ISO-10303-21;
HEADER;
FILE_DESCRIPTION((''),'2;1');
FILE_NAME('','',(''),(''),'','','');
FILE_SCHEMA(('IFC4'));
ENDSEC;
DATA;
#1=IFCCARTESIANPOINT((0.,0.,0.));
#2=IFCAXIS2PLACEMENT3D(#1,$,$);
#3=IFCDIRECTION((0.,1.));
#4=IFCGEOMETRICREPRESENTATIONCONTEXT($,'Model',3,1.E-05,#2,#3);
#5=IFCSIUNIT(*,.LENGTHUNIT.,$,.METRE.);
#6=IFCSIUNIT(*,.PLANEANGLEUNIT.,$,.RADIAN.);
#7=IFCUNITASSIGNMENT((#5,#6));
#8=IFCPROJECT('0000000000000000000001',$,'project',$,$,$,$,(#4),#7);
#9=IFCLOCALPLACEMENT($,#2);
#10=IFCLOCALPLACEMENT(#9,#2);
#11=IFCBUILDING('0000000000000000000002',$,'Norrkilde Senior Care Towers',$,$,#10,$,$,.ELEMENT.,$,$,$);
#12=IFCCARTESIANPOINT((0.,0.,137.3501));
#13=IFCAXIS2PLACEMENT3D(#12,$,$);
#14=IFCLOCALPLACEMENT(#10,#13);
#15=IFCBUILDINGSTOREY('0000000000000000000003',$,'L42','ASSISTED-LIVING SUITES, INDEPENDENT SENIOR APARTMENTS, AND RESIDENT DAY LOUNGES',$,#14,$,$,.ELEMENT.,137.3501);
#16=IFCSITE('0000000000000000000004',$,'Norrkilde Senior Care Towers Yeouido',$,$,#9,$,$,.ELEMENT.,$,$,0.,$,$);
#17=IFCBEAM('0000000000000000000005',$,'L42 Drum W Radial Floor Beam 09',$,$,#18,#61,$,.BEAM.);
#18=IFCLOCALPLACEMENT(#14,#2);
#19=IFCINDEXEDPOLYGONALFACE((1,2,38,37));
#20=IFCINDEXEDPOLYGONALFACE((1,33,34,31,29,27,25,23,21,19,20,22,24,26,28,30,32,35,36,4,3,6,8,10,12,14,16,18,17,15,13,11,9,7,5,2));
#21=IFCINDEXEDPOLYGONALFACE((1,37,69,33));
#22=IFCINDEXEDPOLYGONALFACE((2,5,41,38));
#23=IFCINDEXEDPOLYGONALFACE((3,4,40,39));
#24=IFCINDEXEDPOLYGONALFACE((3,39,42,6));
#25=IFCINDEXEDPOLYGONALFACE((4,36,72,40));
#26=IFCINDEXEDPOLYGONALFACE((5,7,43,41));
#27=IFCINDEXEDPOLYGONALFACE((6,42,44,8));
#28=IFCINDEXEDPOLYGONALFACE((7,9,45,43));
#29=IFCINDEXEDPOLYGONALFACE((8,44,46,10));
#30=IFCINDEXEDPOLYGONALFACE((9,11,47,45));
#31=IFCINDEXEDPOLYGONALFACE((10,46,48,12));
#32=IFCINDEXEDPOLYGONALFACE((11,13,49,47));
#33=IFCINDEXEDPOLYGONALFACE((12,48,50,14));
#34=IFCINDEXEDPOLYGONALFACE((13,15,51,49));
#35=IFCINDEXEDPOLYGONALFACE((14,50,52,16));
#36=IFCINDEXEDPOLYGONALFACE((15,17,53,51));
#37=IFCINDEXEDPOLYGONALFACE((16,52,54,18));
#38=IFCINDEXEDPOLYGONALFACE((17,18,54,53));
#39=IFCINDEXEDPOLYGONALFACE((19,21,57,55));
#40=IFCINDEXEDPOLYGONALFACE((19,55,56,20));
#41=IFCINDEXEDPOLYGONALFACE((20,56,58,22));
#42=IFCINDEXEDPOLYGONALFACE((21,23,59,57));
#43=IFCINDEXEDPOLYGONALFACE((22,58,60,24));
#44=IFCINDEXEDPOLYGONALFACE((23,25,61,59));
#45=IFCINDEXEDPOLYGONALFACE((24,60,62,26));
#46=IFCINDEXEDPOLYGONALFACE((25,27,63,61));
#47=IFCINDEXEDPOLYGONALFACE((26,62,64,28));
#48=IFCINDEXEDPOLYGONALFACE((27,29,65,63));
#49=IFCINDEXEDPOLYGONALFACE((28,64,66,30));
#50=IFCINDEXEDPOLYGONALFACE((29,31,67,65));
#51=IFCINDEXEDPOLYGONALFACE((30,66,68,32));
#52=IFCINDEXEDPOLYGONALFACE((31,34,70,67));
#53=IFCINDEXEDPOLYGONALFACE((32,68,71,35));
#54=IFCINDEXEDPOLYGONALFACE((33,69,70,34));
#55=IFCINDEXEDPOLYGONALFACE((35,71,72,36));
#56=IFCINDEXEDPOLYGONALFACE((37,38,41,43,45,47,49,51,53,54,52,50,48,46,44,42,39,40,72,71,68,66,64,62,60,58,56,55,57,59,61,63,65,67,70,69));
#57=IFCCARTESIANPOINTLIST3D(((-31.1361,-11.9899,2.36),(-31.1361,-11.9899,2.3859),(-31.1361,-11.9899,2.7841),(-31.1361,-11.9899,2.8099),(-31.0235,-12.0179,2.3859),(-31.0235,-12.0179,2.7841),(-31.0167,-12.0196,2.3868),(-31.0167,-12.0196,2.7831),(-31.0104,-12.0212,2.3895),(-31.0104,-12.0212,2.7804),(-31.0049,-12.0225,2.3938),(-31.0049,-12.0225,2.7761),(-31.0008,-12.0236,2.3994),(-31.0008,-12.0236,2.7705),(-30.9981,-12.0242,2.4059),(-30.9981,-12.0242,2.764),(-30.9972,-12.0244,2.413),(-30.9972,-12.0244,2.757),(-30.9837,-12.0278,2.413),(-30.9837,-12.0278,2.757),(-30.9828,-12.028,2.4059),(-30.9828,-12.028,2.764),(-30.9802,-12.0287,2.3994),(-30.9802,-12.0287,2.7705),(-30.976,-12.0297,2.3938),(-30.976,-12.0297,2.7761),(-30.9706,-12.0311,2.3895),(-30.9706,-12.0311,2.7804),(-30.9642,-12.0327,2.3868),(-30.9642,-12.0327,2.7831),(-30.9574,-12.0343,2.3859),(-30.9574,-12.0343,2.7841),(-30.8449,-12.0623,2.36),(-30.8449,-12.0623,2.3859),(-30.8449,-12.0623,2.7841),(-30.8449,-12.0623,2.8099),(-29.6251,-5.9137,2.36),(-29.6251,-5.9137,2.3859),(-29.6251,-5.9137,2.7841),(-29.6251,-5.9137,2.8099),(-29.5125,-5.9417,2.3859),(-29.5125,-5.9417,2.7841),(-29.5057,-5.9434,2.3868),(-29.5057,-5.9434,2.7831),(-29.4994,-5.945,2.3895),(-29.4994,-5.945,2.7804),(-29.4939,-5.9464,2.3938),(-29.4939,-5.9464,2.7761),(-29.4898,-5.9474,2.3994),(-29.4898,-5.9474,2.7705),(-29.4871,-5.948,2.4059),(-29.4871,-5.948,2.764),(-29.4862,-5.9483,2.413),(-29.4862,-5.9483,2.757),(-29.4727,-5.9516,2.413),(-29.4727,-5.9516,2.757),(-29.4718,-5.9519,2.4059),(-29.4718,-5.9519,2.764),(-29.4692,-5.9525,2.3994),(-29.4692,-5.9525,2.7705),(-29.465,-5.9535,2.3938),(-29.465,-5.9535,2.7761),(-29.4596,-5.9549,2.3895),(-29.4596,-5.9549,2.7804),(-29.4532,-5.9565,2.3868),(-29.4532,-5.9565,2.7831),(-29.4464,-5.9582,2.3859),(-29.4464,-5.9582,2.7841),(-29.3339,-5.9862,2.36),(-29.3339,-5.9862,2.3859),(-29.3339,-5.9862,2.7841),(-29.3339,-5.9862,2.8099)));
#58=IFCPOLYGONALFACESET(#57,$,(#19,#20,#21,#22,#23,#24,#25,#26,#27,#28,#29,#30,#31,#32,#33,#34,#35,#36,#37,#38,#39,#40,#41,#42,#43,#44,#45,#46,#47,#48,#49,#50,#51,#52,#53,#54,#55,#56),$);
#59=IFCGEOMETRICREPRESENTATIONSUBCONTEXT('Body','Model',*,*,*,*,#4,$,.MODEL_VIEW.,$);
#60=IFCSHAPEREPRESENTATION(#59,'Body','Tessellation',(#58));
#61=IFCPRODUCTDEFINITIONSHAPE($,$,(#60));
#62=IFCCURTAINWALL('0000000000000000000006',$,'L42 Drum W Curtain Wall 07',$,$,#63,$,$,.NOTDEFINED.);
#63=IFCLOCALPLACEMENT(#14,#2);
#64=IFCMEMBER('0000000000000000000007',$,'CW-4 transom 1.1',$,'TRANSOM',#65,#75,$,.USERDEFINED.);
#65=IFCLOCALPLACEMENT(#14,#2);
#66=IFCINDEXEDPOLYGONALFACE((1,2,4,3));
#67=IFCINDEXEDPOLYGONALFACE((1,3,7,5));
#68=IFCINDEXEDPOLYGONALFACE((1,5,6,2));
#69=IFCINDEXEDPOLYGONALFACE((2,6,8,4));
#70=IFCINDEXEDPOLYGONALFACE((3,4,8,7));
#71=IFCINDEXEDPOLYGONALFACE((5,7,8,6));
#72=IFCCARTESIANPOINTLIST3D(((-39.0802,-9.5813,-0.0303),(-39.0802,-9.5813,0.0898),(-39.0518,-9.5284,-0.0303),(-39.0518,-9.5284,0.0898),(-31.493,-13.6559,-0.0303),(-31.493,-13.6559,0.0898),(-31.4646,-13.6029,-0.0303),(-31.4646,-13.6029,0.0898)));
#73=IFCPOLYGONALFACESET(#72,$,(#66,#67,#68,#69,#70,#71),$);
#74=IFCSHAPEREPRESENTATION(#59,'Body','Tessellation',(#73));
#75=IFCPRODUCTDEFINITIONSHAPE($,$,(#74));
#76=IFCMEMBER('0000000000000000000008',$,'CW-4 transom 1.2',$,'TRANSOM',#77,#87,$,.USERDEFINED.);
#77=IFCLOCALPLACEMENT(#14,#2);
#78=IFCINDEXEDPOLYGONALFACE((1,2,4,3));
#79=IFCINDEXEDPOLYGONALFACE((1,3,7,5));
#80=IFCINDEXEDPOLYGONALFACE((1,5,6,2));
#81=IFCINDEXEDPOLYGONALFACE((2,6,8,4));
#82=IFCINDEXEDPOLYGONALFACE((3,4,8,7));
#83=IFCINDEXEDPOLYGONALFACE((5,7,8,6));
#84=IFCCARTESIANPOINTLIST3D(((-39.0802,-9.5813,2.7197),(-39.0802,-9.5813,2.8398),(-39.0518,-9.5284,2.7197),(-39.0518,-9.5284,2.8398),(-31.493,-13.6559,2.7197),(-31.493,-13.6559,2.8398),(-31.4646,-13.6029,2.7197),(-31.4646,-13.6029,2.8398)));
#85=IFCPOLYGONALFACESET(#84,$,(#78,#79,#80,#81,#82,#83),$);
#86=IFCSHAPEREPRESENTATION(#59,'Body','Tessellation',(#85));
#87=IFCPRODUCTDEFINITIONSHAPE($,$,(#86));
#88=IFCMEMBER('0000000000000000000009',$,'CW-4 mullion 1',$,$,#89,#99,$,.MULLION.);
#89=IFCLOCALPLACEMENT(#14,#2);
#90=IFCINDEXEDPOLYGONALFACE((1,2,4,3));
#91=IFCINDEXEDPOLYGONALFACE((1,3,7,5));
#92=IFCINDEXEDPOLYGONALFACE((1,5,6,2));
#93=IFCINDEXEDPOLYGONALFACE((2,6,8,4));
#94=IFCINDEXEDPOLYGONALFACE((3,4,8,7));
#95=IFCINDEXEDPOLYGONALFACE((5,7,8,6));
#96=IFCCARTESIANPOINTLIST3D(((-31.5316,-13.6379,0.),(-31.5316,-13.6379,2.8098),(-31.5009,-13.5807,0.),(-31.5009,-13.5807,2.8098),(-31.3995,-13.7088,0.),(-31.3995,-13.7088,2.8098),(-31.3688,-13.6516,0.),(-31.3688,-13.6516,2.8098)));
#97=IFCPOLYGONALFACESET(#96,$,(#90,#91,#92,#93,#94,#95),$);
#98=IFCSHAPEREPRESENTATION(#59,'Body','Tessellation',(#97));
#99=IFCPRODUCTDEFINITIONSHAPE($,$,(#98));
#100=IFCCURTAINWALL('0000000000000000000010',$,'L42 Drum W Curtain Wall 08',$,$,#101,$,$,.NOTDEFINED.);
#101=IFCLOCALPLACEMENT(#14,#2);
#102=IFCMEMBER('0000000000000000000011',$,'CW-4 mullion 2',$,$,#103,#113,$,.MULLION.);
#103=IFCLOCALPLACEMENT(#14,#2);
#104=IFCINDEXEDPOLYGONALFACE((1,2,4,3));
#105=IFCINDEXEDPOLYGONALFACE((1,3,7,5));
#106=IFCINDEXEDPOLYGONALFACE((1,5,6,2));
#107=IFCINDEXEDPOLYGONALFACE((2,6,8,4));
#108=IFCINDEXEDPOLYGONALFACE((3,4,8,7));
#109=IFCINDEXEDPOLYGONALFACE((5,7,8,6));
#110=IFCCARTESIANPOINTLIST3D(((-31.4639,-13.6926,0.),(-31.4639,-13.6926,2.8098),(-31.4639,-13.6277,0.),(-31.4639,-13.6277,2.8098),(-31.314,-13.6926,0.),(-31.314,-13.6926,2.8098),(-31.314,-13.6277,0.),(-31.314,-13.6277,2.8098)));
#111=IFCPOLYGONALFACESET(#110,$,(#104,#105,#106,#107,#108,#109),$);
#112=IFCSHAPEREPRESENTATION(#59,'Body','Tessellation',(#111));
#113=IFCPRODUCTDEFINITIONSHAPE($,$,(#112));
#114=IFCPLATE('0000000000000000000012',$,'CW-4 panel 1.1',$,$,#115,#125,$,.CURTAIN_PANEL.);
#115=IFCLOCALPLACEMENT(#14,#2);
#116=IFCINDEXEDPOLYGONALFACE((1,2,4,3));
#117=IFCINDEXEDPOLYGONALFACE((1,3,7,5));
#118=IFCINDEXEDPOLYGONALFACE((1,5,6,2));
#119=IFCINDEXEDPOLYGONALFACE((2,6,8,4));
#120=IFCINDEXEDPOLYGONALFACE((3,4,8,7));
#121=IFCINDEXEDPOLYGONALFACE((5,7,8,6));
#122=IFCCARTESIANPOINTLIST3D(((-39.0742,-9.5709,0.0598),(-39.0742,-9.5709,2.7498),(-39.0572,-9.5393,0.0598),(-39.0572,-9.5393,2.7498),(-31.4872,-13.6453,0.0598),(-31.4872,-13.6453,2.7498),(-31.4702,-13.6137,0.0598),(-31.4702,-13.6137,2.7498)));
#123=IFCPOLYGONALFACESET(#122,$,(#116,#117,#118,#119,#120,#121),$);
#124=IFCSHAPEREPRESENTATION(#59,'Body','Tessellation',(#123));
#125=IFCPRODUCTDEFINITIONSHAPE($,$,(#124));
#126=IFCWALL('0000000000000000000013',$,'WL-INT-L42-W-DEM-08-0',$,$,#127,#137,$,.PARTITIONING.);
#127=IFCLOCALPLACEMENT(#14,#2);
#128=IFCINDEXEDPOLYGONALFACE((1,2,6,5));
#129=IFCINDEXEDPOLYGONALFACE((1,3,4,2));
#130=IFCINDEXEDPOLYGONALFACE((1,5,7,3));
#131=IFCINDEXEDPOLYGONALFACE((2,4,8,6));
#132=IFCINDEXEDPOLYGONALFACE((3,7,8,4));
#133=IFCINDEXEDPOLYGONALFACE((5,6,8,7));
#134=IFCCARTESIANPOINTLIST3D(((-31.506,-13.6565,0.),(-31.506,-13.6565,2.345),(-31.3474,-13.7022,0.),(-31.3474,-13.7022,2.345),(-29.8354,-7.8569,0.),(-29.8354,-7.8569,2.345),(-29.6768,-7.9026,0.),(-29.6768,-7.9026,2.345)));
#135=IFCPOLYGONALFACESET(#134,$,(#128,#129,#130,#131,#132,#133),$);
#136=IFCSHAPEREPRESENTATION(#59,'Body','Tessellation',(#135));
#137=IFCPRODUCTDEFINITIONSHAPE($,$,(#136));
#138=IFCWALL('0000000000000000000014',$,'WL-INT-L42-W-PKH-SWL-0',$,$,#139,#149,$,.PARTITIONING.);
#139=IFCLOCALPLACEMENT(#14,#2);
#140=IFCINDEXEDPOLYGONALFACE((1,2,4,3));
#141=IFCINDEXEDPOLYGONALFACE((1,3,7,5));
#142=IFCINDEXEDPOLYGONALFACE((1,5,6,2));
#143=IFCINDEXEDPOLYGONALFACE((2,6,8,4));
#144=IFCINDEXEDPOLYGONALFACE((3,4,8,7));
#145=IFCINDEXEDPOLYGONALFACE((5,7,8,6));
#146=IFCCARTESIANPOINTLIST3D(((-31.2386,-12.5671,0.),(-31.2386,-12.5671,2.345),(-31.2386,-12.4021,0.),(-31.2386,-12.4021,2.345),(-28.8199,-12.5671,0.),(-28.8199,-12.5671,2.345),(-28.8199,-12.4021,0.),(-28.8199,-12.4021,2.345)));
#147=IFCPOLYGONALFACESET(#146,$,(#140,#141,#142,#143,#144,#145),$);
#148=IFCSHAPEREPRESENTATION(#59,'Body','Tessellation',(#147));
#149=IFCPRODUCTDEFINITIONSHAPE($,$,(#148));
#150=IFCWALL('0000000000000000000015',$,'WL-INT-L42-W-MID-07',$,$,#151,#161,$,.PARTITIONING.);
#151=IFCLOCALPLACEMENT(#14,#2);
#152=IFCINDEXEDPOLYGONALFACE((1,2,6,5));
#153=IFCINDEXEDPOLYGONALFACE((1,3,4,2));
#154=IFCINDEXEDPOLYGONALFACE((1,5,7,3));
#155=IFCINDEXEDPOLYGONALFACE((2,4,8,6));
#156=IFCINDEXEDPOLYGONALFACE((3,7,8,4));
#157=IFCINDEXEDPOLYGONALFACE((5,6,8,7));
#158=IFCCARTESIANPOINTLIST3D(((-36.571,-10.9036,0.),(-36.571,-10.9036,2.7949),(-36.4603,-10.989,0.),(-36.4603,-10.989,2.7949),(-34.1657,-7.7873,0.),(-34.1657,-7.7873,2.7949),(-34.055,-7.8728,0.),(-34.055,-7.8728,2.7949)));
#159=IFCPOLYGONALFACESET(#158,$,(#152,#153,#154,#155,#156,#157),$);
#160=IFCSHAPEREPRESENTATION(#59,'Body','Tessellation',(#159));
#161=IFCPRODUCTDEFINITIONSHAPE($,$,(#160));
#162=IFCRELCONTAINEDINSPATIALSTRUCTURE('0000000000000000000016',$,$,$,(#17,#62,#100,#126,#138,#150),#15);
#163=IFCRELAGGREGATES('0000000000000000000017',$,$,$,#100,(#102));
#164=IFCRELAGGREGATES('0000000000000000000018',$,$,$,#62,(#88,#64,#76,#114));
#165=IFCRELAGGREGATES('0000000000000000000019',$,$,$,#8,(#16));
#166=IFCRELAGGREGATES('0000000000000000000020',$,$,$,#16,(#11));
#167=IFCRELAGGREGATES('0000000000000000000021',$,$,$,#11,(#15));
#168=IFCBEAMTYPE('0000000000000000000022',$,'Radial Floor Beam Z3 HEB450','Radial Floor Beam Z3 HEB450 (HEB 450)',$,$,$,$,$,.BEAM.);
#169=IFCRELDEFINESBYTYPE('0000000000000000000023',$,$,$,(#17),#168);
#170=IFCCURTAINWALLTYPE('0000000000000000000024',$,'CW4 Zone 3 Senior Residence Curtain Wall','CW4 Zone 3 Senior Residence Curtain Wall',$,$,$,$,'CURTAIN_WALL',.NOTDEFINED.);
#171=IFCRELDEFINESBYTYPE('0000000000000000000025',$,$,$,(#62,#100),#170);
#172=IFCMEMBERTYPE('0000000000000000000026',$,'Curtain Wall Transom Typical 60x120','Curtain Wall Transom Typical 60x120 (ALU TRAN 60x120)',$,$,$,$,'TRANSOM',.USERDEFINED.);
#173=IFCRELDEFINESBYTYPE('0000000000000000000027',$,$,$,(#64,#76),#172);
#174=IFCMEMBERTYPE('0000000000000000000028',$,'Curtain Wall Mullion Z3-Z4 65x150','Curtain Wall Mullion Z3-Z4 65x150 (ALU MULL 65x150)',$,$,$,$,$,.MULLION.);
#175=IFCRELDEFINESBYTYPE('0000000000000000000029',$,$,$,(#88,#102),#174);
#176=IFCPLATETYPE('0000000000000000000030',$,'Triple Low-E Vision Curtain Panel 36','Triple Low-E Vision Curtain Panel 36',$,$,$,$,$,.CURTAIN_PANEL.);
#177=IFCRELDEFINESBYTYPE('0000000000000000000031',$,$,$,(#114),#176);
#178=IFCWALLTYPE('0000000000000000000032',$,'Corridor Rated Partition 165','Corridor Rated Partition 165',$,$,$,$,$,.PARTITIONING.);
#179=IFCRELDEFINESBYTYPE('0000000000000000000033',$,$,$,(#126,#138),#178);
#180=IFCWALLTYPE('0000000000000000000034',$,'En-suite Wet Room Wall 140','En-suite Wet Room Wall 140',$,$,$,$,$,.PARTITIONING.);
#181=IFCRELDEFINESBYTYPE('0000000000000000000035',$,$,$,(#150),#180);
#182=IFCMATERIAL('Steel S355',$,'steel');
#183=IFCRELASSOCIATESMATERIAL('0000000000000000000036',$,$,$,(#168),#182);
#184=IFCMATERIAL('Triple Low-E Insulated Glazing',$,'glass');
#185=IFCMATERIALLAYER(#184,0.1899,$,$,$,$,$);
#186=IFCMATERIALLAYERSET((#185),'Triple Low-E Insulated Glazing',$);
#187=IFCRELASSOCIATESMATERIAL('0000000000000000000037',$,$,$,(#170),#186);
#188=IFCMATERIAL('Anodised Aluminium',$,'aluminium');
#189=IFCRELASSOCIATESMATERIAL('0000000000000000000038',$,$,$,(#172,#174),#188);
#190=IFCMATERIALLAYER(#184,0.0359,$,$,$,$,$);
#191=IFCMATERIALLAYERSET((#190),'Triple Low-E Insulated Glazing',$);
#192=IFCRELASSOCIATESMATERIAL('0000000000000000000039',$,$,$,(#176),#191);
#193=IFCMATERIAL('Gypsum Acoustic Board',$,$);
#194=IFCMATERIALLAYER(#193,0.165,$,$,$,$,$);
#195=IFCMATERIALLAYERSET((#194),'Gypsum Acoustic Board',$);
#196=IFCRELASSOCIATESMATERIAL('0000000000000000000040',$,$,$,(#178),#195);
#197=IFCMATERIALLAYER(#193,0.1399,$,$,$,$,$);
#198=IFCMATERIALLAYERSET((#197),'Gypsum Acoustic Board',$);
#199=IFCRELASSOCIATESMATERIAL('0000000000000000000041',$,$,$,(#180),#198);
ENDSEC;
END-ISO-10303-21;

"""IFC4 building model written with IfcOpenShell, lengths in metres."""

from ifc_helpers import new_model, si_unit, direction, frame, frame_2d, origin, origin_2d, place, context, subcontext, project, spatial, rectangle, i_section, extrude, source, transform, mapped, material, layer, layer_set, material_profile, profile_set, type_object, type_shapes, element, aggregate, save


model = new_model("IFC4")

# Units and contexts
model_context = context("Model", 3, precision=1e-05, world=origin(), true_north=direction((0.0, 1.0)))
body_context = subcontext(model_context, "Body", "Model", "MODEL_VIEW")
ifc_project = project(units=[si_unit("LENGTHUNIT", "METRE"), si_unit("PLANEANGLEUNIT", "RADIAN")], contexts=[model_context])

# Site, building, storey
site_placement = place(None, origin())
site = spatial("IfcSite", under=ifc_project, at=site_placement, Name="Norrkilde Senior Care Towers Yeouido", CompositionType="ELEMENT", RefElevation=0.0)
building_placement = place(site_placement, origin())
building = spatial("IfcBuilding", under=site, at=building_placement, Name="Norrkilde Senior Care Towers", CompositionType="ELEMENT")
storey_placement = place(building_placement, frame((0.0, 0.0, 137.3501)))
storey = spatial("IfcBuildingStorey", under=building, at=storey_placement, Name="L42", Description="ASSISTED-LIVING SUITES, INDEPENDENT SENIOR APARTMENTS, AND RESIDENT DAY LOUNGES", CompositionType="ELEMENT", Elevation=137.3501)

# Beam
ifc_material_1 = material(Name="Steel S355", Category="steel")
ifc_material_profile_1 = material_profile(ifc_material_1, i_section(OverallWidth=0.3, OverallDepth=0.45, WebThickness=0.0139, FlangeThickness=0.0259, FilletRadius=0.0271, at=origin_2d()), Name="HEB 450")
ifc_profile_set_1 = profile_set([ifc_material_profile_1], Name="Steel S355")
beam_type_1 = type_object("IfcBeamType", Name="Radial Floor Beam Z3 HEB450", Description="Radial Floor Beam Z3 HEB450 (HEB 450)", PredefinedType="BEAM", material=ifc_profile_set_1)
shared_shape_1 = source(origin(), body_context, "Body", "SweptSolid", [
    extrude(i_section(OverallWidth=0.3, OverallDepth=0.45, WebThickness=0.0139, FlangeThickness=0.0259, FilletRadius=0.0271, at=origin_2d()), origin(), (0.0, 0.0, 1.0), 6.2612),
])
beam_1_placement = place(storey_placement, frame((-29.4795, -5.95, 2.585), z_axis=(-0.241324, -0.970445, 0.0), x_axis=(0.970445, -0.241324, 0.0)))
element("IfcBeam", 1, at=beam_1_placement, inside=storey, type_object=beam_type_1, Name="L42 Drum W Radial Floor Beam 09", PredefinedType="BEAM", context=body_context, shape_type="MappedRepresentation", body=[
    mapped(shared_shape_1, transform((0.0, 0.0, 0.0), x_axis=(1.0, 0.0, 0.0), y_axis=(0.0, 1.0, 0.0), z_axis=(0.0, 0.0, 1.0), scale=1.0)),
])

# Curtain wall, members
ifc_material_2 = material(Name="Triple Low-E Insulated Glazing", Category="glass")
ifc_layer_1 = layer(ifc_material_2, 0.1899)
ifc_layer_set_1 = layer_set([ifc_layer_1], Name="Triple Low-E Insulated Glazing")
curtain_wall_type = type_object("IfcCurtainWallType", Name="CW4 Zone 3 Senior Residence Curtain Wall", Description="CW4 Zone 3 Senior Residence Curtain Wall", ElementType="CURTAIN_WALL", PredefinedType="NOTDEFINED", material=ifc_layer_set_1)
curtain_wall_1_placement = place(storey_placement, origin())
curtain_wall_1 = element("IfcCurtainWall", 2, at=curtain_wall_1_placement, inside=storey, type_object=curtain_wall_type, Name="L42 Drum W Curtain Wall 07", PredefinedType="NOTDEFINED")
ifc_material_3 = material(Name="Anodised Aluminium", Category="aluminium")
ifc_material_profile_2 = material_profile(ifc_material_3, rectangle(XDim=0.0601, YDim=0.1201, at=origin_2d()), Name="ALU TRAN 60x120")
ifc_profile_set_2 = profile_set([ifc_material_profile_2], Name="Anodised Aluminium")
member_type_1 = type_object("IfcMemberType", Name="Curtain Wall Transom Typical 60x120", Description="Curtain Wall Transom Typical 60x120 (ALU TRAN 60x120)", ElementType="TRANSOM", PredefinedType="USERDEFINED", material=ifc_profile_set_2)
shared_shape_2 = source(origin(), body_context, "Body", "SweptSolid", [
    extrude(rectangle(XDim=0.0601, YDim=0.1201, at=origin_2d()), origin(), (0.0, 0.0, 1.0), 8.6121),
])
type_shapes(member_type_1, [shared_shape_2])
member_1_placement = place(storey_placement, frame((-31.4788, -13.6294, 0.0298), z_axis=(-0.881, 0.473116, 0.0), x_axis=(-0.473116, -0.881, 0.0)))
member_1 = element("IfcMember", 3, at=member_1_placement, type_object=member_type_1, Name="CW-4 transom 1.1", ObjectType="TRANSOM", PredefinedType="USERDEFINED", context=body_context, shape_type="MappedRepresentation", body=[
    mapped(shared_shape_2, transform((0.0, 0.0, 0.0), x_axis=(1.0, 0.0, 0.0), y_axis=(0.0, 1.0, 0.0), z_axis=(0.0, 0.0, 1.0), scale=1.0)),
])
member_2_placement = place(storey_placement, frame((-31.4788, -13.6294, 2.7798), z_axis=(-0.881, 0.473116, 0.0), x_axis=(-0.473116, -0.881, 0.0)))
member_2 = element("IfcMember", 4, at=member_2_placement, type_object=member_type_1, Name="CW-4 transom 1.2", ObjectType="TRANSOM", PredefinedType="USERDEFINED", context=body_context, shape_type="MappedRepresentation", body=[
    mapped(shared_shape_2, transform((0.0, 0.0, 0.0), x_axis=(1.0, 0.0, 0.0), y_axis=(0.0, 1.0, 0.0), z_axis=(0.0, 0.0, 1.0), scale=1.0)),
])
ifc_material_profile_3 = material_profile(ifc_material_3, rectangle(XDim=0.0649, YDim=0.1499, at=origin_2d()), Name="ALU MULL 65x150")
ifc_profile_set_3 = profile_set([ifc_material_profile_3], Name="Anodised Aluminium")
member_type_2 = type_object("IfcMemberType", Name="Curtain Wall Mullion Z3-Z4 65x150", Description="Curtain Wall Mullion Z3-Z4 65x150 (ALU MULL 65x150)", PredefinedType="MULLION", material=ifc_profile_set_3)
shared_shape_3 = source(origin(), body_context, "Body", "SweptSolid", [
    extrude(rectangle(XDim=0.0649, YDim=0.1499, at=origin_2d()), origin(), (0.0, 0.0, 1.0), 2.8098),
])
type_shapes(member_type_2, [shared_shape_3])
member_3_placement = place(storey_placement, frame((-31.4502, -13.6448, 0.0), z_axis=(0.0, 0.0, 1.0), x_axis=(-0.473117, -0.881, 0.0)))
member_3 = element("IfcMember", 5, at=member_3_placement, type_object=member_type_2, Name="CW-4 mullion 1", PredefinedType="MULLION", context=body_context, shape_type="MappedRepresentation", body=[
    mapped(shared_shape_3, transform((0.0, 0.0, 0.0), x_axis=(1.0, 0.0, 0.0), y_axis=(0.0, 1.0, 0.0), z_axis=(0.0, 0.0, 1.0), scale=1.0)),
])

# Curtain wall, member
curtain_wall_2_placement = place(storey_placement, origin())
curtain_wall_2 = element("IfcCurtainWall", 6, at=curtain_wall_2_placement, inside=storey, type_object=curtain_wall_type, Name="L42 Drum W Curtain Wall 08", PredefinedType="NOTDEFINED")
member_4_placement = place(storey_placement, frame((-31.3889, -13.6602, 0.0), z_axis=(0.0, 0.0, 1.0), x_axis=(0.0, -1.0, 0.0)))
member_4 = element("IfcMember", 7, at=member_4_placement, type_object=member_type_2, Name="CW-4 mullion 2", PredefinedType="MULLION", context=body_context, shape_type="MappedRepresentation", body=[
    mapped(shared_shape_3, transform((0.0, 0.0, 0.0), x_axis=(1.0, 0.0, 0.0), y_axis=(0.0, 1.0, 0.0), z_axis=(0.0, 0.0, 1.0), scale=1.0)),
])
aggregate(curtain_wall_2, [member_4])

# Plate
ifc_layer_2 = layer(ifc_material_2, 0.0359)
ifc_layer_set_2 = layer_set([ifc_layer_2], Name="Triple Low-E Insulated Glazing")
plate_type = type_object("IfcPlateType", Name="Triple Low-E Vision Curtain Panel 36", Description="Triple Low-E Vision Curtain Panel 36", PredefinedType="CURTAIN_PANEL", material=ifc_layer_set_2)
shared_shape_4 = source(origin(), body_context, "Body", "SweptSolid", [
    extrude(rectangle(XDim=8.6118, YDim=0.0359, at=origin_2d()), origin(), (0.0, 0.0, 1.0), 2.6899),
])
type_shapes(plate_type, [shared_shape_4])
plate_placement = place(storey_placement, frame((-35.2722, -11.5923, 0.0598), z_axis=(0.0, 0.0, 1.0), x_axis=(-0.881, 0.473117, 0.0)))
plate = element("IfcPlate", 8, at=plate_placement, type_object=plate_type, Name="CW-4 panel 1.1", PredefinedType="CURTAIN_PANEL", context=body_context, shape_type="MappedRepresentation", body=[
    mapped(shared_shape_4, transform((0.0, 0.0, 0.0), x_axis=(1.0, 0.0, 0.0), y_axis=(0.0, 1.0, 0.0), z_axis=(0.0, 0.0, 1.0), scale=1.0)),
])
aggregate(curtain_wall_1, [member_3, member_1, member_2, plate])

# Walls
ifc_material_4 = material(Name="Gypsum Acoustic Board")
ifc_layer_3 = layer(ifc_material_4, 0.165)
ifc_layer_set_3 = layer_set([ifc_layer_3], Name="Gypsum Acoustic Board")
wall_type_1 = type_object("IfcWallType", Name="Corridor Rated Partition 165", Description="Corridor Rated Partition 165", PredefinedType="PARTITIONING", material=ifc_layer_set_3)
shared_shape_5 = source(origin(), body_context, "Body", "SweptSolid", [
    extrude(rectangle(XDim=6.0354, YDim=0.165, at=frame_2d((3.0176, 0.0))), origin(), (0.0, 0.0, 1.0), 2.345),
])
wall_1_placement = place(storey_placement, frame((-29.7561, -7.8799, 0.0), z_axis=(0.0, 0.0, 1.0), x_axis=(-0.276809, -0.960925, 0.0)))
element("IfcWall", 9, at=wall_1_placement, inside=storey, type_object=wall_type_1, Name="WL-INT-L42-W-DEM-08-0", PredefinedType="PARTITIONING", context=body_context, shape_type="MappedRepresentation", body=[
    mapped(shared_shape_5, transform((0.0, 0.0, 0.0), x_axis=(1.0, 0.0, 0.0), y_axis=(0.0, 1.0, 0.0), z_axis=(0.0, 0.0, 1.0), scale=1.0)),
])
shared_shape_6 = source(origin(), body_context, "Body", "SweptSolid", [
    extrude(rectangle(XDim=2.4187, YDim=0.165, at=frame_2d((1.2095, 0.0))), origin(), (0.0, 0.0, 1.0), 2.345),
])
type_shapes(wall_type_1, [shared_shape_5, shared_shape_6])
wall_2_placement = place(storey_placement, frame((-31.2388, -12.4846, 0.0), z_axis=(0.0, 0.0, 1.0), x_axis=(1.0, 0.0, 0.0)))
element("IfcWall", 10, at=wall_2_placement, inside=storey, type_object=wall_type_1, Name="WL-INT-L42-W-PKH-SWL-0", PredefinedType="PARTITIONING", context=body_context, shape_type="MappedRepresentation", body=[
    mapped(shared_shape_6, transform((0.0, 0.0, 0.0), x_axis=(1.0, 0.0, 0.0), y_axis=(0.0, 1.0, 0.0), z_axis=(0.0, 0.0, 1.0), scale=1.0)),
])
ifc_layer_4 = layer(ifc_material_4, 0.1399)
ifc_layer_set_4 = layer_set([ifc_layer_4], Name="Gypsum Acoustic Board")
wall_type_2 = type_object("IfcWallType", Name="En-suite Wet Room Wall 140", Description="En-suite Wet Room Wall 140", PredefinedType="PARTITIONING", material=ifc_layer_set_4)
shared_shape_7 = source(origin(), body_context, "Body", "SweptSolid", [
    extrude(rectangle(XDim=3.9365, YDim=0.1399, at=frame_2d((1.9683, 0.0))), origin(), (0.0, 0.0, 1.0), 2.7949),
])
type_shapes(wall_type_2, [shared_shape_7])
wall_3_placement = place(storey_placement, frame((-34.1104, -7.8301, 0.0), z_axis=(0.0, 0.0, 1.0), x_axis=(-0.611017, -0.791618, 0.0)))
element("IfcWall", 11, at=wall_3_placement, inside=storey, type_object=wall_type_2, Name="WL-INT-L42-W-MID-07", PredefinedType="PARTITIONING", context=body_context, shape_type="MappedRepresentation", body=[
    mapped(shared_shape_7, transform((0.0, 0.0, 0.0), x_axis=(1.0, 0.0, 0.0), y_axis=(0.0, 1.0, 0.0), z_axis=(0.0, 0.0, 1.0), scale=1.0)),
])

save(model, "model.ifc")
